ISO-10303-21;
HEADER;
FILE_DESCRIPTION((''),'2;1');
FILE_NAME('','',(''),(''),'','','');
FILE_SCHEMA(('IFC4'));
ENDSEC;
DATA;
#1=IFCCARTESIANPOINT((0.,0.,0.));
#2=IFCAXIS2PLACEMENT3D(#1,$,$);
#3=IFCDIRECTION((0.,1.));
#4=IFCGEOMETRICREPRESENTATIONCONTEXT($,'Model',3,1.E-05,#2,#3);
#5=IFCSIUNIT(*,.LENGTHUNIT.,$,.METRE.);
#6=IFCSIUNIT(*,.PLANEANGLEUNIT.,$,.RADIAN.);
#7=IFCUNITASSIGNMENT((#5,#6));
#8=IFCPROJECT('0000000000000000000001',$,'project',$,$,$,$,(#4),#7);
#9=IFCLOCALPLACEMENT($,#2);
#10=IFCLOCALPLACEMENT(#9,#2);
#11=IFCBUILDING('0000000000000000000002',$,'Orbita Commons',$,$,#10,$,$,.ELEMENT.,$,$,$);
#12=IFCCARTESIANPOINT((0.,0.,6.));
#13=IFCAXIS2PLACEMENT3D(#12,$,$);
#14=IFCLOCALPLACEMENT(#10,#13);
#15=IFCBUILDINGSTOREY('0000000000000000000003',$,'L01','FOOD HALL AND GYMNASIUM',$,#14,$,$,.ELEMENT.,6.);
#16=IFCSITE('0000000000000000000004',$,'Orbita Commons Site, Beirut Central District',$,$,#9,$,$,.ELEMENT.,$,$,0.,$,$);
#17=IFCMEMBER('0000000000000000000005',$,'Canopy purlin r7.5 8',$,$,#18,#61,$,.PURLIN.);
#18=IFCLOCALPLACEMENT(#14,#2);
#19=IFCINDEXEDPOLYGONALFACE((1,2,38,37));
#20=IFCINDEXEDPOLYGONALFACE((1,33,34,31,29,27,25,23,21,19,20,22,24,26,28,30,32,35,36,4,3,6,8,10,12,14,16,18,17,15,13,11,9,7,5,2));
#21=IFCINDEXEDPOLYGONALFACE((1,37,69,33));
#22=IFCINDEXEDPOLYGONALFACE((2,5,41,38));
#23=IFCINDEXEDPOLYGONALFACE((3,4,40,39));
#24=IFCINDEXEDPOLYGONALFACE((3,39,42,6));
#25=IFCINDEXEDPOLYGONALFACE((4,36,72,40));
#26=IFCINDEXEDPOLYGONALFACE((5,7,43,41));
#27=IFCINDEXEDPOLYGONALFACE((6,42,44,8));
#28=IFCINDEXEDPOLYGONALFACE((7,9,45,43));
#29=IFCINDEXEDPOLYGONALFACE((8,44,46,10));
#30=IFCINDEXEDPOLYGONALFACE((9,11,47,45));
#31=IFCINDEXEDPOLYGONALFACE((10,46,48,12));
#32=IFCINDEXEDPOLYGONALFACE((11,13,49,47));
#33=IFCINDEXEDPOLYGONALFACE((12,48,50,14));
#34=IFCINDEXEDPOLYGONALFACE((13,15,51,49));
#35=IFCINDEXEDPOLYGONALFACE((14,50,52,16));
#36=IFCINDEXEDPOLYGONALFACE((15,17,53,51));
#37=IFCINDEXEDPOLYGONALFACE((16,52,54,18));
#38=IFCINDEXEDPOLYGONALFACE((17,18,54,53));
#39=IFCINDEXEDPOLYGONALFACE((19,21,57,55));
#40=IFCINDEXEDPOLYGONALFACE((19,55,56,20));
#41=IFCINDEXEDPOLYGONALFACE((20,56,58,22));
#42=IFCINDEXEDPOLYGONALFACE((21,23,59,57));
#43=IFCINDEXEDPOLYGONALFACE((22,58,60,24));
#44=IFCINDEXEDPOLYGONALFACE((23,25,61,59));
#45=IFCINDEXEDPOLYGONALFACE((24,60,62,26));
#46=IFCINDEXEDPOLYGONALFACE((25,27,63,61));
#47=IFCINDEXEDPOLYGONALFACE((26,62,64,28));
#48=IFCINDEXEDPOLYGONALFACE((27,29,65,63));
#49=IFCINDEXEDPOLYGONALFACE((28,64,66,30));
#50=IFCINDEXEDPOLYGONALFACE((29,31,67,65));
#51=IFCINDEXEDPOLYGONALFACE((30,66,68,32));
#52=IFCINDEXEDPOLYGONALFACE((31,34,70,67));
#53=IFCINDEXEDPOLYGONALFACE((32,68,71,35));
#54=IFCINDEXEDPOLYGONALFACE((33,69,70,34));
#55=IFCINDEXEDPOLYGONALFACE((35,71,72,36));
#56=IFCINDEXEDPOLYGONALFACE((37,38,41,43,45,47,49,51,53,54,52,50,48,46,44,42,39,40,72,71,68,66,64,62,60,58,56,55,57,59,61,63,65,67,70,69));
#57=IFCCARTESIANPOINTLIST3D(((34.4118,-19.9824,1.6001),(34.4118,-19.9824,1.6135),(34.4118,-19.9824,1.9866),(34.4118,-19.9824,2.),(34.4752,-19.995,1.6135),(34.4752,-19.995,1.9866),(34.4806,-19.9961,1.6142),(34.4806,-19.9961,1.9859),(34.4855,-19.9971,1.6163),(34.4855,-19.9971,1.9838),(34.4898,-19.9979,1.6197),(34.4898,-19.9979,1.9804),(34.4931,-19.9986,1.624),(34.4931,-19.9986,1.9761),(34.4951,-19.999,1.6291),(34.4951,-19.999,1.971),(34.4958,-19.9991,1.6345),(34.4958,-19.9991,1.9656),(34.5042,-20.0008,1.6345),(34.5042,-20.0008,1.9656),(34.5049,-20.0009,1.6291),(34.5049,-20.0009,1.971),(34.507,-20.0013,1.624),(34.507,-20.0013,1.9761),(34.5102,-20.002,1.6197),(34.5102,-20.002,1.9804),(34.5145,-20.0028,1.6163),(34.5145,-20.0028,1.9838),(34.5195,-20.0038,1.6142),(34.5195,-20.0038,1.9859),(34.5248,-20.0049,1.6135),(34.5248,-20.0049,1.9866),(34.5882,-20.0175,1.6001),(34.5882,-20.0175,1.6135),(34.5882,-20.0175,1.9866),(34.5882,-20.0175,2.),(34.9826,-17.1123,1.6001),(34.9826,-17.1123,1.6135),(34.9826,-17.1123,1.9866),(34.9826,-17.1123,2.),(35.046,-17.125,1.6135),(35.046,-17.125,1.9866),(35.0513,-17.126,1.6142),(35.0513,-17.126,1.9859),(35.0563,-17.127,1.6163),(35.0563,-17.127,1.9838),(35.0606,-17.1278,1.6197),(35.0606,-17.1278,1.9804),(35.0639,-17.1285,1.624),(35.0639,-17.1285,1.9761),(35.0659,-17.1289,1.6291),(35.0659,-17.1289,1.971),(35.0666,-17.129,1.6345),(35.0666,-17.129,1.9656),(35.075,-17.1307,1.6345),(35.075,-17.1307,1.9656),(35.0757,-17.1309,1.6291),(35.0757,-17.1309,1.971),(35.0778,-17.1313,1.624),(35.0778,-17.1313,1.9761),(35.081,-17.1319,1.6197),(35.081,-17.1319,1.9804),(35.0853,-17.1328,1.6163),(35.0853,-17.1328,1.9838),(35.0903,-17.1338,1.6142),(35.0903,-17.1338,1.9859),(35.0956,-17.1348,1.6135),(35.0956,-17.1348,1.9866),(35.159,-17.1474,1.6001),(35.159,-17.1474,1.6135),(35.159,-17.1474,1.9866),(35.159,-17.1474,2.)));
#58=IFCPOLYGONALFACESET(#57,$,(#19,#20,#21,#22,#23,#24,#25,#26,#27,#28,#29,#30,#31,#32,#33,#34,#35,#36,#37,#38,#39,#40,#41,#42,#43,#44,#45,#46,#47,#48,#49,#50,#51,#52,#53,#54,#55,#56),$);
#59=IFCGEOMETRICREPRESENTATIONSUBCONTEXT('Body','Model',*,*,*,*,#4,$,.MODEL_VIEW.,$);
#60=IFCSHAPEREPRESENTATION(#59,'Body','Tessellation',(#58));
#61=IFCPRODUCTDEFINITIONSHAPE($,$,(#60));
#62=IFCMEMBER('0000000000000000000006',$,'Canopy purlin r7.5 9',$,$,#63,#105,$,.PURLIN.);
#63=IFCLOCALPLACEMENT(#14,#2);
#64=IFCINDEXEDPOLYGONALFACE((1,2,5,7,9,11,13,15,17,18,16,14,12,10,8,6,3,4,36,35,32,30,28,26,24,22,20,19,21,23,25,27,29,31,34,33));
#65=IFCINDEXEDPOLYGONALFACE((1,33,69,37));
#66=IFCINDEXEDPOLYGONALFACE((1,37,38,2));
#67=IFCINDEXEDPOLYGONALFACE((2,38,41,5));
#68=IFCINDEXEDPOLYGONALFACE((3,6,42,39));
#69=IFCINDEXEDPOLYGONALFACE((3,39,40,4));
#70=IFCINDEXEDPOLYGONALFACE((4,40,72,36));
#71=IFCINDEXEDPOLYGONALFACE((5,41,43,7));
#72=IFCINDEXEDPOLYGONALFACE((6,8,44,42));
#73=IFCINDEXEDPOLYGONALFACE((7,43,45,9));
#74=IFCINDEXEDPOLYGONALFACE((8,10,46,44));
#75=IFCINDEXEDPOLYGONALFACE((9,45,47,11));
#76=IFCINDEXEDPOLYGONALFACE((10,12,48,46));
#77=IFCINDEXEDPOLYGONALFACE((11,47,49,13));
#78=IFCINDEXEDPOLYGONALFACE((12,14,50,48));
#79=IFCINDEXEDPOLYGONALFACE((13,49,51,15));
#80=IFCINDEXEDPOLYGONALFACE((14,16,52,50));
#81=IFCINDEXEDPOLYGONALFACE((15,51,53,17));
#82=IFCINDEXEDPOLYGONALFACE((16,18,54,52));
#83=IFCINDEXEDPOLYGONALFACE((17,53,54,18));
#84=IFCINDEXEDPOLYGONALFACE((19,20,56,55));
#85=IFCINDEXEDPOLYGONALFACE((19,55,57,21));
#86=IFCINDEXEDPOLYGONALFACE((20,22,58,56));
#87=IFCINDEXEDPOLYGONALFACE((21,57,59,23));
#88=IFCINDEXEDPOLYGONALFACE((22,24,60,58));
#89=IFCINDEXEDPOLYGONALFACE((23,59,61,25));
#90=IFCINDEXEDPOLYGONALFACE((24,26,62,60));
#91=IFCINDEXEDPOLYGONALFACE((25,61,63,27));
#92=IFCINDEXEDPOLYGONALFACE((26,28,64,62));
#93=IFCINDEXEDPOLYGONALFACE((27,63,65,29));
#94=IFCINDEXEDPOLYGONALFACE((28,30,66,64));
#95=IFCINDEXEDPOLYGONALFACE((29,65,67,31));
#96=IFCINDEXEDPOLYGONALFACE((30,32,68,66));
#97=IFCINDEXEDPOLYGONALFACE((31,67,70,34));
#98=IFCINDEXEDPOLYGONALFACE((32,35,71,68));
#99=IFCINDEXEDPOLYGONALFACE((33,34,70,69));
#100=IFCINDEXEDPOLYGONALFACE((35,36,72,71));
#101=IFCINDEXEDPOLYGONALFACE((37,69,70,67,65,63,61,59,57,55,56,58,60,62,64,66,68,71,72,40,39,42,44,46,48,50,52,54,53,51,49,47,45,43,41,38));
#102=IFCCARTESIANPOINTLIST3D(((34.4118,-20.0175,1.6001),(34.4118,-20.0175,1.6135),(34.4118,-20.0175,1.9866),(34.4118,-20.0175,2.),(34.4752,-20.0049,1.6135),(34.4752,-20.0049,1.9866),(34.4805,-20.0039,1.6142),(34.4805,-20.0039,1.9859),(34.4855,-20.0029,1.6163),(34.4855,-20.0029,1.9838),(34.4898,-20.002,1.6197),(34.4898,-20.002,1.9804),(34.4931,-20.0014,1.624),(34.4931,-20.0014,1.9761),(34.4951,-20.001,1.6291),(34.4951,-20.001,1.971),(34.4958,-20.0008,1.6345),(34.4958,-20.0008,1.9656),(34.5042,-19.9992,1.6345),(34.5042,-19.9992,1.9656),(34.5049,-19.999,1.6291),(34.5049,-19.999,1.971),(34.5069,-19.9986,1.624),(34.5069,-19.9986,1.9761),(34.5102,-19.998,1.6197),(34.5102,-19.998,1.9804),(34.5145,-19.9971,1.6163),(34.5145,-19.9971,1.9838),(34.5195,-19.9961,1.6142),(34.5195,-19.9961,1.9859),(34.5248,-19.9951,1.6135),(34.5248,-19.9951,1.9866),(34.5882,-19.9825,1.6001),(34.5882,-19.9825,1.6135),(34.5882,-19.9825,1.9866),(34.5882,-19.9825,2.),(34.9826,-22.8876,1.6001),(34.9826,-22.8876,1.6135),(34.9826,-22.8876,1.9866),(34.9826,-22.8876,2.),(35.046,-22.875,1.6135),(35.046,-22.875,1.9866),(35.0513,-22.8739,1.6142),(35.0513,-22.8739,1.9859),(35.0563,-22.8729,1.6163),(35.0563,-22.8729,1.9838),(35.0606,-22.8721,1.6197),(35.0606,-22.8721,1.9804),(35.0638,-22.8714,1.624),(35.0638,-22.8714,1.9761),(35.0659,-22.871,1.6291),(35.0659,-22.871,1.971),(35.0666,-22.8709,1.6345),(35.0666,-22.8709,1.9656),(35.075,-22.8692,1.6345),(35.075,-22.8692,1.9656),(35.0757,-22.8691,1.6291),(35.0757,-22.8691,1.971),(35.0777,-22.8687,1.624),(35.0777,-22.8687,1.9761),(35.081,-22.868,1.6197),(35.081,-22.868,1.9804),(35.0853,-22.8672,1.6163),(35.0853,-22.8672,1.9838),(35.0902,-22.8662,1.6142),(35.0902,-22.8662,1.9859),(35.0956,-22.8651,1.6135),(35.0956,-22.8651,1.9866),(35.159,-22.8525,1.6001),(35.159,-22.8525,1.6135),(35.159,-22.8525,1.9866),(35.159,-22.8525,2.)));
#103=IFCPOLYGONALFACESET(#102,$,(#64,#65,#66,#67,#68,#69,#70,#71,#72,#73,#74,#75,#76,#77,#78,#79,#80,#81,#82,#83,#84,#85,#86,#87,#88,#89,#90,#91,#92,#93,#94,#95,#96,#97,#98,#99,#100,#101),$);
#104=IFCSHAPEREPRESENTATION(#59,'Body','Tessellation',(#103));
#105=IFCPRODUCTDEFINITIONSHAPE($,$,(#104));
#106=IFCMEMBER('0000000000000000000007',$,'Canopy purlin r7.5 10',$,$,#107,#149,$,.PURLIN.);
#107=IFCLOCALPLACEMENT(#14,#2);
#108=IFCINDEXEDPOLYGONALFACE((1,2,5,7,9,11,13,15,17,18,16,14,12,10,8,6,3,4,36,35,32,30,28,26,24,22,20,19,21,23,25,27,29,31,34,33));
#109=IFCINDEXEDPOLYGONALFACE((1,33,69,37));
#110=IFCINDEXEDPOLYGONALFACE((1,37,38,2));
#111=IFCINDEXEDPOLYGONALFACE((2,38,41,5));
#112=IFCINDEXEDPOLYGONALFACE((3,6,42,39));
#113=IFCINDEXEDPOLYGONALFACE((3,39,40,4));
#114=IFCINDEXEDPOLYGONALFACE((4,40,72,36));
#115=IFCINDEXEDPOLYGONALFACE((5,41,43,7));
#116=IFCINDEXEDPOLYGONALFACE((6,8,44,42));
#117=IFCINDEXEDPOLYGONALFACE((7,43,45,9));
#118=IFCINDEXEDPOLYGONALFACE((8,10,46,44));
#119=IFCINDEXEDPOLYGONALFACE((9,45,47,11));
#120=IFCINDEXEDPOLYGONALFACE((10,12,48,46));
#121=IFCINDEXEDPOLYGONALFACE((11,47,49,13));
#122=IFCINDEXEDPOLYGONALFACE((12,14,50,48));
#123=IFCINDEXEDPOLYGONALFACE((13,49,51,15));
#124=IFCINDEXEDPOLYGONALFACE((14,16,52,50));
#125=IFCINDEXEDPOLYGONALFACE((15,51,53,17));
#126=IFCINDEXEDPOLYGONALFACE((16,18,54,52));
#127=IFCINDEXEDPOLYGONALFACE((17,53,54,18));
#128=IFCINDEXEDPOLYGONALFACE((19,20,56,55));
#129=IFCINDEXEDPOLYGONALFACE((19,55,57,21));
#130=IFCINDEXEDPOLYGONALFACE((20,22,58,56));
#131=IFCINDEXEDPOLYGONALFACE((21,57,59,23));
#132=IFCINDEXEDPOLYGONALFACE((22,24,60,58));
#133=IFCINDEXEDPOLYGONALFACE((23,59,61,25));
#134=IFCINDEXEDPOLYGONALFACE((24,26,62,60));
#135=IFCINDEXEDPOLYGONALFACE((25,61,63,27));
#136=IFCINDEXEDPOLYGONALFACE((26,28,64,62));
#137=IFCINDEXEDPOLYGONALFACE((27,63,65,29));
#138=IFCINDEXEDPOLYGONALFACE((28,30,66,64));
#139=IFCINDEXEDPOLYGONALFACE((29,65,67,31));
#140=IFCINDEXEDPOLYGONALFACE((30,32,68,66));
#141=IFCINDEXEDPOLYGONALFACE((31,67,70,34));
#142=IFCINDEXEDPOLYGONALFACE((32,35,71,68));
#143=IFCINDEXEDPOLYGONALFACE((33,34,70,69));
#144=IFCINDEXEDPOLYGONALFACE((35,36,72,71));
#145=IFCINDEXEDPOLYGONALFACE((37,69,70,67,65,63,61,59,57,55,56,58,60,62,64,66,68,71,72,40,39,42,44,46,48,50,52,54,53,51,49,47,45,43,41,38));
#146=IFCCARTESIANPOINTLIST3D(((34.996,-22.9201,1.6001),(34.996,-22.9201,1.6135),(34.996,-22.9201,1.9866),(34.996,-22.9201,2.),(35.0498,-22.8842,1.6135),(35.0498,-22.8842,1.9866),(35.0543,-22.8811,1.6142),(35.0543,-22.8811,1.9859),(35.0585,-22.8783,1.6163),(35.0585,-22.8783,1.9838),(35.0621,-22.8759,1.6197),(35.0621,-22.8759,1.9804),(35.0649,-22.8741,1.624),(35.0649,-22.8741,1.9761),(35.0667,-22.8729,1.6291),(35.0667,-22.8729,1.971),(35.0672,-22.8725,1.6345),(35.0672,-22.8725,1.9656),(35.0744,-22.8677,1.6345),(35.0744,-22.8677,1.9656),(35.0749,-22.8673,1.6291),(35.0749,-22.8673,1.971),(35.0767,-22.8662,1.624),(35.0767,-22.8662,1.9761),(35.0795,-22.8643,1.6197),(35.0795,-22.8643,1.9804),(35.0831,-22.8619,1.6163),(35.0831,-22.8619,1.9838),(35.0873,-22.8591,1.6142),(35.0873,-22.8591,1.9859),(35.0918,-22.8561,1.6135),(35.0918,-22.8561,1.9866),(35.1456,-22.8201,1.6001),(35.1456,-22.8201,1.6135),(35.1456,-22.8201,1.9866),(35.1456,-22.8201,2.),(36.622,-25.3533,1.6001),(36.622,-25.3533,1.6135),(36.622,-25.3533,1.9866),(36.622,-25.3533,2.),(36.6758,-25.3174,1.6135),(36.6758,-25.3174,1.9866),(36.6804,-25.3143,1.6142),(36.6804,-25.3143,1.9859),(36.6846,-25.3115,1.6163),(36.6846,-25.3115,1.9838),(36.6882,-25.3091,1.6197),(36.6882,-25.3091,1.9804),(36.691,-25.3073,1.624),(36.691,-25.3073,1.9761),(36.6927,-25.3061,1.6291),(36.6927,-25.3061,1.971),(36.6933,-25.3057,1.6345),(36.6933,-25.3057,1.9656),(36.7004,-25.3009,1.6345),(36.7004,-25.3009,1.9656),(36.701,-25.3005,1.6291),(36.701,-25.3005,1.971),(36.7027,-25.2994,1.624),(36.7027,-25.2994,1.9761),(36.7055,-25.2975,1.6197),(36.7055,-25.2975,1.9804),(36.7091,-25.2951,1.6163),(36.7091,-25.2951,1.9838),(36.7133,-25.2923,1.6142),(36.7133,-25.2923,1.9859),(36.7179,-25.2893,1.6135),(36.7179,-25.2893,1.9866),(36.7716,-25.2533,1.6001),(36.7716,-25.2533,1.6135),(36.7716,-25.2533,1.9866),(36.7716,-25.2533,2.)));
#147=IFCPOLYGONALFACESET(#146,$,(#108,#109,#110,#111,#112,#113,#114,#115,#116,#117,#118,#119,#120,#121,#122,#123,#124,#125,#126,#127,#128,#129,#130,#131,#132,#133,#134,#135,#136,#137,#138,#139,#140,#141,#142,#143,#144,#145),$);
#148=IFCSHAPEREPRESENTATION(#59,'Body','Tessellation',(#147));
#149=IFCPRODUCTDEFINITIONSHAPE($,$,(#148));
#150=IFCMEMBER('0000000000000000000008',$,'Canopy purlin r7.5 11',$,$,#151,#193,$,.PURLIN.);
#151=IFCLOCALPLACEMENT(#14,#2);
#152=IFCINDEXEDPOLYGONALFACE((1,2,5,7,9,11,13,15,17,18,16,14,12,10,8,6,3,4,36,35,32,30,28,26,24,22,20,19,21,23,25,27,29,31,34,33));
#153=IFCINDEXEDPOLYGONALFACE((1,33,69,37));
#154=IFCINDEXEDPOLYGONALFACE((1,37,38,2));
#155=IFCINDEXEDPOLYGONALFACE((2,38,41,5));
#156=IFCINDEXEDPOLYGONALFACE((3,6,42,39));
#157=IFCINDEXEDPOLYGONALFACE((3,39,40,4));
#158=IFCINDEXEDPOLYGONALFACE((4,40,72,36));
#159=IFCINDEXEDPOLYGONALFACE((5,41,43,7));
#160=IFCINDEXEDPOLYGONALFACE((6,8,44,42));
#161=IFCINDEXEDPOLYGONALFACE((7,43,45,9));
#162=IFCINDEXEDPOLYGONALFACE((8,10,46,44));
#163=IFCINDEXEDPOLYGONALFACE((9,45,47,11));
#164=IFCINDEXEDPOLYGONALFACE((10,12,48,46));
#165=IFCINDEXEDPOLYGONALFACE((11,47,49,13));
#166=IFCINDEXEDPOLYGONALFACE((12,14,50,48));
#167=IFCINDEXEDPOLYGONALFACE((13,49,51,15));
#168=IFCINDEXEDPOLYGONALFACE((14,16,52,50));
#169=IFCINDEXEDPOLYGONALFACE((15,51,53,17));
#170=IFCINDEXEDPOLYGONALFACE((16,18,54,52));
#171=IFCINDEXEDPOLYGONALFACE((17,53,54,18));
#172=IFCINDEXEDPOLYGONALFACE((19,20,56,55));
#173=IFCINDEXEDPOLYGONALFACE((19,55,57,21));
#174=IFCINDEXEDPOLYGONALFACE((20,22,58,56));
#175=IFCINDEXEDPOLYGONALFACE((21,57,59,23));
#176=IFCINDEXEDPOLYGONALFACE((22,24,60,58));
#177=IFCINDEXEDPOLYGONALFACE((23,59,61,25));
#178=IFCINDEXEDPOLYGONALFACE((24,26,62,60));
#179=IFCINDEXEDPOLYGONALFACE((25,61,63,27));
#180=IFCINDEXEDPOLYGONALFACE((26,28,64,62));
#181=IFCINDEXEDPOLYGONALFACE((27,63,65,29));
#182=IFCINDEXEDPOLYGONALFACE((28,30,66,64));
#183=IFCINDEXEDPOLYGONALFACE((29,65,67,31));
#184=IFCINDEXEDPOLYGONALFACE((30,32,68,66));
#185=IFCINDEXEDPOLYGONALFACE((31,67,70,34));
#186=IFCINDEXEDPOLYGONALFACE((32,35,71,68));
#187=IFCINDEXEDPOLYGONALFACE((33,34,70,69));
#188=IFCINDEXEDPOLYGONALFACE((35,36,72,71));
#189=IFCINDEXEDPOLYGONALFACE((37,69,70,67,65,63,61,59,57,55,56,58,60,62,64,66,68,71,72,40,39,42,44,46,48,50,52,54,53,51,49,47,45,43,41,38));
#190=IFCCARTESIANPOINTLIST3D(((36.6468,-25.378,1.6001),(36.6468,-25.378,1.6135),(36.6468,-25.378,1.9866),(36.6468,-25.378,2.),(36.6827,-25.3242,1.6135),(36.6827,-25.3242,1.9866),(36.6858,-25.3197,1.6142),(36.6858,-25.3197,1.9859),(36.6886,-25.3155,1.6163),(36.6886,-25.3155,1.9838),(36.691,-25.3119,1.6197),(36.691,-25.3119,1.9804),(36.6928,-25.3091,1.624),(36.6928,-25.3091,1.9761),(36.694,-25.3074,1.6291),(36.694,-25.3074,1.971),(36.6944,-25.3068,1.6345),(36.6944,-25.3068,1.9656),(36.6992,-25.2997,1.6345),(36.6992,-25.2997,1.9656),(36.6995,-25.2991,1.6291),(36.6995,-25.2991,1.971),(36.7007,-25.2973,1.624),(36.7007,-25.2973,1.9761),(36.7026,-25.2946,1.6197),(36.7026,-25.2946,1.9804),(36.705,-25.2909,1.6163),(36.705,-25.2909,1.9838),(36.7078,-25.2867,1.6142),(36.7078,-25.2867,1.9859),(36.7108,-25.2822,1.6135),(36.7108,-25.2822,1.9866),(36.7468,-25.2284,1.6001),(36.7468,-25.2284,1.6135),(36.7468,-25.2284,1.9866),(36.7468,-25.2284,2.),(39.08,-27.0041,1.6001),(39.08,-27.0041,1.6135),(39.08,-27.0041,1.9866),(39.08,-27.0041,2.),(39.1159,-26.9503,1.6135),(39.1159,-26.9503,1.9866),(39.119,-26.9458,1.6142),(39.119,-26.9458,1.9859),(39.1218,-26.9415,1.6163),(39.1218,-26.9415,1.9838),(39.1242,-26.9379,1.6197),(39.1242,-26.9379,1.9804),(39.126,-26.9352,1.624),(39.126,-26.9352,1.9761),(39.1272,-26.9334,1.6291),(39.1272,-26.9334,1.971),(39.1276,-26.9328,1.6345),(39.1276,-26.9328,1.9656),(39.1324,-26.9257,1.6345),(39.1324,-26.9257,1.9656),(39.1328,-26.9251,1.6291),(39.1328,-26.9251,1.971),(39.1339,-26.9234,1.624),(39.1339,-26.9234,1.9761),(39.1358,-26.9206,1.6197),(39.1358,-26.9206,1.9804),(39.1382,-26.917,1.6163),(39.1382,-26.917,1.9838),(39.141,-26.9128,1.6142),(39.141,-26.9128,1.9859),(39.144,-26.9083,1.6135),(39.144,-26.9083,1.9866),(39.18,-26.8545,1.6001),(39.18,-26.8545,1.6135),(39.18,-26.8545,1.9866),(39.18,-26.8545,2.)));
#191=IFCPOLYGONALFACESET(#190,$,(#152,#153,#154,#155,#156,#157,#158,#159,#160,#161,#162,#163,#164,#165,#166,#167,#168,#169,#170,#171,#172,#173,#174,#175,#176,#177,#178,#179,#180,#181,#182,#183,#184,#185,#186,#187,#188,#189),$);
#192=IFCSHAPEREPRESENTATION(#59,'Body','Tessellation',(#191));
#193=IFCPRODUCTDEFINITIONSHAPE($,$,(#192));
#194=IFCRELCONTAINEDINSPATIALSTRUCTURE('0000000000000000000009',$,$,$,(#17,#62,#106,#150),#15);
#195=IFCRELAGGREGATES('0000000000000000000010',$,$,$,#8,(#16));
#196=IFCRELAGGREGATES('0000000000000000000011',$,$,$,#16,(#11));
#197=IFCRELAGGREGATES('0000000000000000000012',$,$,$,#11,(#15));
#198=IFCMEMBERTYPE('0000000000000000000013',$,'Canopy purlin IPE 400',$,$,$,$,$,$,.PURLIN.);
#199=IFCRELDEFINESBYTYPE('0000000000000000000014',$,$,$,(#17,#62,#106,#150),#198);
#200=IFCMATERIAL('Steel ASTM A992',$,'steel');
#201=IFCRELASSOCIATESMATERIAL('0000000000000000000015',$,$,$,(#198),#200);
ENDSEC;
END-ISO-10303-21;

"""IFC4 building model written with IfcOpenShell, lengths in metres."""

from ifc_helpers import new_model, si_unit, direction, frame, origin, origin_2d, place, context, subcontext, project, spatial, i_section, extrude, material, material_profile, profile_set, type_object, element, save


model = new_model("IFC4")

# Units and contexts
model_context = context("Model", 3, precision=1e-05, world=origin(), true_north=direction((0.0, 1.0)))
body_context = subcontext(model_context, "Body", "Model", "MODEL_VIEW")
ifc_project = project(units=[si_unit("LENGTHUNIT", "METRE"), si_unit("PLANEANGLEUNIT", "RADIAN")], contexts=[model_context])

# Site, building, storey
site_placement = place(None, origin())
site = spatial("IfcSite", under=ifc_project, at=site_placement, Name="Orbita Commons Site, Beirut Central District", CompositionType="ELEMENT", RefElevation=0.0)
building_placement = place(site_placement, origin())
building = spatial("IfcBuilding", under=site, at=building_placement, Name="Orbita Commons", CompositionType="ELEMENT")
storey_placement = place(building_placement, frame((0.0, 0.0, 6.0)))
storey = spatial("IfcBuildingStorey", under=building, at=storey_placement, Name="L01", Description="FOOD HALL AND GYMNASIUM", CompositionType="ELEMENT", Elevation=6.0)

# Members
ifc_material_1 = material(Name="Steel ASTM A992", Category="steel")
ifc_material_profile_1 = material_profile(ifc_material_1, i_section(OverallWidth=0.1799, OverallDepth=0.3999, WebThickness=0.0085, FlangeThickness=0.0134, FilletRadius=0.021, at=origin_2d()), Name="IPE 400")
ifc_profile_set_1 = profile_set([ifc_material_profile_1], Name="Steel ASTM A992")
member_type_1 = type_object("IfcMemberType", Name="Canopy purlin IPE 400", PredefinedType="PURLIN", material=ifc_profile_set_1)
for number, where, z_axis, x_axis, name in (
    (1, (35.0708, -17.1299, 1.8), (-0.195057, -0.980792, 0.0), (0.980792, -0.195057, 0.0), "Canopy purlin r7.5 8"),
    (2, (34.5, -20.0, 1.8), (0.195057, -0.980792, 0.0), (0.980792, 0.195057, 0.0), "Canopy purlin r7.5 9"),
):
    element("IfcMember", number, at=place(storey_placement, frame(where, z_axis=z_axis, x_axis=x_axis)), inside=storey, type_object=member_type_1, Name=name, PredefinedType="PURLIN", context=body_context, shape_type="SweptSolid", body=[
        extrude(i_section(OverallWidth=0.1799, OverallDepth=0.3999, WebThickness=0.0085, FlangeThickness=0.0134, FilletRadius=0.021, at=origin_2d()), origin(), (0.0, 0.0, 1.0), 2.9263),
    ])
for number, where, z_axis, x_axis, name in (
    (3, (35.0708, -22.8701, 1.8), (0.555624, -0.831434, 0.0), (0.831434, 0.555624, 0.0), "Canopy purlin r7.5 10"),
    (4, (36.6968, -25.3032, 1.8), (0.831434, -0.555624, 0.0), (0.555624, 0.831434, 0.0), "Canopy purlin r7.5 11"),
):
    element("IfcMember", number, at=place(storey_placement, frame(where, z_axis=z_axis, x_axis=x_axis)), inside=storey, type_object=member_type_1, Name=name, PredefinedType="PURLIN", context=body_context, shape_type="SweptSolid", body=[
        extrude(i_section(OverallWidth=0.1799, OverallDepth=0.3999, WebThickness=0.0085, FlangeThickness=0.0134, FilletRadius=0.021, at=origin_2d()), origin(), (0.0, 0.0, 1.0), 2.9265),
    ])

save(model, "model.ifc")
